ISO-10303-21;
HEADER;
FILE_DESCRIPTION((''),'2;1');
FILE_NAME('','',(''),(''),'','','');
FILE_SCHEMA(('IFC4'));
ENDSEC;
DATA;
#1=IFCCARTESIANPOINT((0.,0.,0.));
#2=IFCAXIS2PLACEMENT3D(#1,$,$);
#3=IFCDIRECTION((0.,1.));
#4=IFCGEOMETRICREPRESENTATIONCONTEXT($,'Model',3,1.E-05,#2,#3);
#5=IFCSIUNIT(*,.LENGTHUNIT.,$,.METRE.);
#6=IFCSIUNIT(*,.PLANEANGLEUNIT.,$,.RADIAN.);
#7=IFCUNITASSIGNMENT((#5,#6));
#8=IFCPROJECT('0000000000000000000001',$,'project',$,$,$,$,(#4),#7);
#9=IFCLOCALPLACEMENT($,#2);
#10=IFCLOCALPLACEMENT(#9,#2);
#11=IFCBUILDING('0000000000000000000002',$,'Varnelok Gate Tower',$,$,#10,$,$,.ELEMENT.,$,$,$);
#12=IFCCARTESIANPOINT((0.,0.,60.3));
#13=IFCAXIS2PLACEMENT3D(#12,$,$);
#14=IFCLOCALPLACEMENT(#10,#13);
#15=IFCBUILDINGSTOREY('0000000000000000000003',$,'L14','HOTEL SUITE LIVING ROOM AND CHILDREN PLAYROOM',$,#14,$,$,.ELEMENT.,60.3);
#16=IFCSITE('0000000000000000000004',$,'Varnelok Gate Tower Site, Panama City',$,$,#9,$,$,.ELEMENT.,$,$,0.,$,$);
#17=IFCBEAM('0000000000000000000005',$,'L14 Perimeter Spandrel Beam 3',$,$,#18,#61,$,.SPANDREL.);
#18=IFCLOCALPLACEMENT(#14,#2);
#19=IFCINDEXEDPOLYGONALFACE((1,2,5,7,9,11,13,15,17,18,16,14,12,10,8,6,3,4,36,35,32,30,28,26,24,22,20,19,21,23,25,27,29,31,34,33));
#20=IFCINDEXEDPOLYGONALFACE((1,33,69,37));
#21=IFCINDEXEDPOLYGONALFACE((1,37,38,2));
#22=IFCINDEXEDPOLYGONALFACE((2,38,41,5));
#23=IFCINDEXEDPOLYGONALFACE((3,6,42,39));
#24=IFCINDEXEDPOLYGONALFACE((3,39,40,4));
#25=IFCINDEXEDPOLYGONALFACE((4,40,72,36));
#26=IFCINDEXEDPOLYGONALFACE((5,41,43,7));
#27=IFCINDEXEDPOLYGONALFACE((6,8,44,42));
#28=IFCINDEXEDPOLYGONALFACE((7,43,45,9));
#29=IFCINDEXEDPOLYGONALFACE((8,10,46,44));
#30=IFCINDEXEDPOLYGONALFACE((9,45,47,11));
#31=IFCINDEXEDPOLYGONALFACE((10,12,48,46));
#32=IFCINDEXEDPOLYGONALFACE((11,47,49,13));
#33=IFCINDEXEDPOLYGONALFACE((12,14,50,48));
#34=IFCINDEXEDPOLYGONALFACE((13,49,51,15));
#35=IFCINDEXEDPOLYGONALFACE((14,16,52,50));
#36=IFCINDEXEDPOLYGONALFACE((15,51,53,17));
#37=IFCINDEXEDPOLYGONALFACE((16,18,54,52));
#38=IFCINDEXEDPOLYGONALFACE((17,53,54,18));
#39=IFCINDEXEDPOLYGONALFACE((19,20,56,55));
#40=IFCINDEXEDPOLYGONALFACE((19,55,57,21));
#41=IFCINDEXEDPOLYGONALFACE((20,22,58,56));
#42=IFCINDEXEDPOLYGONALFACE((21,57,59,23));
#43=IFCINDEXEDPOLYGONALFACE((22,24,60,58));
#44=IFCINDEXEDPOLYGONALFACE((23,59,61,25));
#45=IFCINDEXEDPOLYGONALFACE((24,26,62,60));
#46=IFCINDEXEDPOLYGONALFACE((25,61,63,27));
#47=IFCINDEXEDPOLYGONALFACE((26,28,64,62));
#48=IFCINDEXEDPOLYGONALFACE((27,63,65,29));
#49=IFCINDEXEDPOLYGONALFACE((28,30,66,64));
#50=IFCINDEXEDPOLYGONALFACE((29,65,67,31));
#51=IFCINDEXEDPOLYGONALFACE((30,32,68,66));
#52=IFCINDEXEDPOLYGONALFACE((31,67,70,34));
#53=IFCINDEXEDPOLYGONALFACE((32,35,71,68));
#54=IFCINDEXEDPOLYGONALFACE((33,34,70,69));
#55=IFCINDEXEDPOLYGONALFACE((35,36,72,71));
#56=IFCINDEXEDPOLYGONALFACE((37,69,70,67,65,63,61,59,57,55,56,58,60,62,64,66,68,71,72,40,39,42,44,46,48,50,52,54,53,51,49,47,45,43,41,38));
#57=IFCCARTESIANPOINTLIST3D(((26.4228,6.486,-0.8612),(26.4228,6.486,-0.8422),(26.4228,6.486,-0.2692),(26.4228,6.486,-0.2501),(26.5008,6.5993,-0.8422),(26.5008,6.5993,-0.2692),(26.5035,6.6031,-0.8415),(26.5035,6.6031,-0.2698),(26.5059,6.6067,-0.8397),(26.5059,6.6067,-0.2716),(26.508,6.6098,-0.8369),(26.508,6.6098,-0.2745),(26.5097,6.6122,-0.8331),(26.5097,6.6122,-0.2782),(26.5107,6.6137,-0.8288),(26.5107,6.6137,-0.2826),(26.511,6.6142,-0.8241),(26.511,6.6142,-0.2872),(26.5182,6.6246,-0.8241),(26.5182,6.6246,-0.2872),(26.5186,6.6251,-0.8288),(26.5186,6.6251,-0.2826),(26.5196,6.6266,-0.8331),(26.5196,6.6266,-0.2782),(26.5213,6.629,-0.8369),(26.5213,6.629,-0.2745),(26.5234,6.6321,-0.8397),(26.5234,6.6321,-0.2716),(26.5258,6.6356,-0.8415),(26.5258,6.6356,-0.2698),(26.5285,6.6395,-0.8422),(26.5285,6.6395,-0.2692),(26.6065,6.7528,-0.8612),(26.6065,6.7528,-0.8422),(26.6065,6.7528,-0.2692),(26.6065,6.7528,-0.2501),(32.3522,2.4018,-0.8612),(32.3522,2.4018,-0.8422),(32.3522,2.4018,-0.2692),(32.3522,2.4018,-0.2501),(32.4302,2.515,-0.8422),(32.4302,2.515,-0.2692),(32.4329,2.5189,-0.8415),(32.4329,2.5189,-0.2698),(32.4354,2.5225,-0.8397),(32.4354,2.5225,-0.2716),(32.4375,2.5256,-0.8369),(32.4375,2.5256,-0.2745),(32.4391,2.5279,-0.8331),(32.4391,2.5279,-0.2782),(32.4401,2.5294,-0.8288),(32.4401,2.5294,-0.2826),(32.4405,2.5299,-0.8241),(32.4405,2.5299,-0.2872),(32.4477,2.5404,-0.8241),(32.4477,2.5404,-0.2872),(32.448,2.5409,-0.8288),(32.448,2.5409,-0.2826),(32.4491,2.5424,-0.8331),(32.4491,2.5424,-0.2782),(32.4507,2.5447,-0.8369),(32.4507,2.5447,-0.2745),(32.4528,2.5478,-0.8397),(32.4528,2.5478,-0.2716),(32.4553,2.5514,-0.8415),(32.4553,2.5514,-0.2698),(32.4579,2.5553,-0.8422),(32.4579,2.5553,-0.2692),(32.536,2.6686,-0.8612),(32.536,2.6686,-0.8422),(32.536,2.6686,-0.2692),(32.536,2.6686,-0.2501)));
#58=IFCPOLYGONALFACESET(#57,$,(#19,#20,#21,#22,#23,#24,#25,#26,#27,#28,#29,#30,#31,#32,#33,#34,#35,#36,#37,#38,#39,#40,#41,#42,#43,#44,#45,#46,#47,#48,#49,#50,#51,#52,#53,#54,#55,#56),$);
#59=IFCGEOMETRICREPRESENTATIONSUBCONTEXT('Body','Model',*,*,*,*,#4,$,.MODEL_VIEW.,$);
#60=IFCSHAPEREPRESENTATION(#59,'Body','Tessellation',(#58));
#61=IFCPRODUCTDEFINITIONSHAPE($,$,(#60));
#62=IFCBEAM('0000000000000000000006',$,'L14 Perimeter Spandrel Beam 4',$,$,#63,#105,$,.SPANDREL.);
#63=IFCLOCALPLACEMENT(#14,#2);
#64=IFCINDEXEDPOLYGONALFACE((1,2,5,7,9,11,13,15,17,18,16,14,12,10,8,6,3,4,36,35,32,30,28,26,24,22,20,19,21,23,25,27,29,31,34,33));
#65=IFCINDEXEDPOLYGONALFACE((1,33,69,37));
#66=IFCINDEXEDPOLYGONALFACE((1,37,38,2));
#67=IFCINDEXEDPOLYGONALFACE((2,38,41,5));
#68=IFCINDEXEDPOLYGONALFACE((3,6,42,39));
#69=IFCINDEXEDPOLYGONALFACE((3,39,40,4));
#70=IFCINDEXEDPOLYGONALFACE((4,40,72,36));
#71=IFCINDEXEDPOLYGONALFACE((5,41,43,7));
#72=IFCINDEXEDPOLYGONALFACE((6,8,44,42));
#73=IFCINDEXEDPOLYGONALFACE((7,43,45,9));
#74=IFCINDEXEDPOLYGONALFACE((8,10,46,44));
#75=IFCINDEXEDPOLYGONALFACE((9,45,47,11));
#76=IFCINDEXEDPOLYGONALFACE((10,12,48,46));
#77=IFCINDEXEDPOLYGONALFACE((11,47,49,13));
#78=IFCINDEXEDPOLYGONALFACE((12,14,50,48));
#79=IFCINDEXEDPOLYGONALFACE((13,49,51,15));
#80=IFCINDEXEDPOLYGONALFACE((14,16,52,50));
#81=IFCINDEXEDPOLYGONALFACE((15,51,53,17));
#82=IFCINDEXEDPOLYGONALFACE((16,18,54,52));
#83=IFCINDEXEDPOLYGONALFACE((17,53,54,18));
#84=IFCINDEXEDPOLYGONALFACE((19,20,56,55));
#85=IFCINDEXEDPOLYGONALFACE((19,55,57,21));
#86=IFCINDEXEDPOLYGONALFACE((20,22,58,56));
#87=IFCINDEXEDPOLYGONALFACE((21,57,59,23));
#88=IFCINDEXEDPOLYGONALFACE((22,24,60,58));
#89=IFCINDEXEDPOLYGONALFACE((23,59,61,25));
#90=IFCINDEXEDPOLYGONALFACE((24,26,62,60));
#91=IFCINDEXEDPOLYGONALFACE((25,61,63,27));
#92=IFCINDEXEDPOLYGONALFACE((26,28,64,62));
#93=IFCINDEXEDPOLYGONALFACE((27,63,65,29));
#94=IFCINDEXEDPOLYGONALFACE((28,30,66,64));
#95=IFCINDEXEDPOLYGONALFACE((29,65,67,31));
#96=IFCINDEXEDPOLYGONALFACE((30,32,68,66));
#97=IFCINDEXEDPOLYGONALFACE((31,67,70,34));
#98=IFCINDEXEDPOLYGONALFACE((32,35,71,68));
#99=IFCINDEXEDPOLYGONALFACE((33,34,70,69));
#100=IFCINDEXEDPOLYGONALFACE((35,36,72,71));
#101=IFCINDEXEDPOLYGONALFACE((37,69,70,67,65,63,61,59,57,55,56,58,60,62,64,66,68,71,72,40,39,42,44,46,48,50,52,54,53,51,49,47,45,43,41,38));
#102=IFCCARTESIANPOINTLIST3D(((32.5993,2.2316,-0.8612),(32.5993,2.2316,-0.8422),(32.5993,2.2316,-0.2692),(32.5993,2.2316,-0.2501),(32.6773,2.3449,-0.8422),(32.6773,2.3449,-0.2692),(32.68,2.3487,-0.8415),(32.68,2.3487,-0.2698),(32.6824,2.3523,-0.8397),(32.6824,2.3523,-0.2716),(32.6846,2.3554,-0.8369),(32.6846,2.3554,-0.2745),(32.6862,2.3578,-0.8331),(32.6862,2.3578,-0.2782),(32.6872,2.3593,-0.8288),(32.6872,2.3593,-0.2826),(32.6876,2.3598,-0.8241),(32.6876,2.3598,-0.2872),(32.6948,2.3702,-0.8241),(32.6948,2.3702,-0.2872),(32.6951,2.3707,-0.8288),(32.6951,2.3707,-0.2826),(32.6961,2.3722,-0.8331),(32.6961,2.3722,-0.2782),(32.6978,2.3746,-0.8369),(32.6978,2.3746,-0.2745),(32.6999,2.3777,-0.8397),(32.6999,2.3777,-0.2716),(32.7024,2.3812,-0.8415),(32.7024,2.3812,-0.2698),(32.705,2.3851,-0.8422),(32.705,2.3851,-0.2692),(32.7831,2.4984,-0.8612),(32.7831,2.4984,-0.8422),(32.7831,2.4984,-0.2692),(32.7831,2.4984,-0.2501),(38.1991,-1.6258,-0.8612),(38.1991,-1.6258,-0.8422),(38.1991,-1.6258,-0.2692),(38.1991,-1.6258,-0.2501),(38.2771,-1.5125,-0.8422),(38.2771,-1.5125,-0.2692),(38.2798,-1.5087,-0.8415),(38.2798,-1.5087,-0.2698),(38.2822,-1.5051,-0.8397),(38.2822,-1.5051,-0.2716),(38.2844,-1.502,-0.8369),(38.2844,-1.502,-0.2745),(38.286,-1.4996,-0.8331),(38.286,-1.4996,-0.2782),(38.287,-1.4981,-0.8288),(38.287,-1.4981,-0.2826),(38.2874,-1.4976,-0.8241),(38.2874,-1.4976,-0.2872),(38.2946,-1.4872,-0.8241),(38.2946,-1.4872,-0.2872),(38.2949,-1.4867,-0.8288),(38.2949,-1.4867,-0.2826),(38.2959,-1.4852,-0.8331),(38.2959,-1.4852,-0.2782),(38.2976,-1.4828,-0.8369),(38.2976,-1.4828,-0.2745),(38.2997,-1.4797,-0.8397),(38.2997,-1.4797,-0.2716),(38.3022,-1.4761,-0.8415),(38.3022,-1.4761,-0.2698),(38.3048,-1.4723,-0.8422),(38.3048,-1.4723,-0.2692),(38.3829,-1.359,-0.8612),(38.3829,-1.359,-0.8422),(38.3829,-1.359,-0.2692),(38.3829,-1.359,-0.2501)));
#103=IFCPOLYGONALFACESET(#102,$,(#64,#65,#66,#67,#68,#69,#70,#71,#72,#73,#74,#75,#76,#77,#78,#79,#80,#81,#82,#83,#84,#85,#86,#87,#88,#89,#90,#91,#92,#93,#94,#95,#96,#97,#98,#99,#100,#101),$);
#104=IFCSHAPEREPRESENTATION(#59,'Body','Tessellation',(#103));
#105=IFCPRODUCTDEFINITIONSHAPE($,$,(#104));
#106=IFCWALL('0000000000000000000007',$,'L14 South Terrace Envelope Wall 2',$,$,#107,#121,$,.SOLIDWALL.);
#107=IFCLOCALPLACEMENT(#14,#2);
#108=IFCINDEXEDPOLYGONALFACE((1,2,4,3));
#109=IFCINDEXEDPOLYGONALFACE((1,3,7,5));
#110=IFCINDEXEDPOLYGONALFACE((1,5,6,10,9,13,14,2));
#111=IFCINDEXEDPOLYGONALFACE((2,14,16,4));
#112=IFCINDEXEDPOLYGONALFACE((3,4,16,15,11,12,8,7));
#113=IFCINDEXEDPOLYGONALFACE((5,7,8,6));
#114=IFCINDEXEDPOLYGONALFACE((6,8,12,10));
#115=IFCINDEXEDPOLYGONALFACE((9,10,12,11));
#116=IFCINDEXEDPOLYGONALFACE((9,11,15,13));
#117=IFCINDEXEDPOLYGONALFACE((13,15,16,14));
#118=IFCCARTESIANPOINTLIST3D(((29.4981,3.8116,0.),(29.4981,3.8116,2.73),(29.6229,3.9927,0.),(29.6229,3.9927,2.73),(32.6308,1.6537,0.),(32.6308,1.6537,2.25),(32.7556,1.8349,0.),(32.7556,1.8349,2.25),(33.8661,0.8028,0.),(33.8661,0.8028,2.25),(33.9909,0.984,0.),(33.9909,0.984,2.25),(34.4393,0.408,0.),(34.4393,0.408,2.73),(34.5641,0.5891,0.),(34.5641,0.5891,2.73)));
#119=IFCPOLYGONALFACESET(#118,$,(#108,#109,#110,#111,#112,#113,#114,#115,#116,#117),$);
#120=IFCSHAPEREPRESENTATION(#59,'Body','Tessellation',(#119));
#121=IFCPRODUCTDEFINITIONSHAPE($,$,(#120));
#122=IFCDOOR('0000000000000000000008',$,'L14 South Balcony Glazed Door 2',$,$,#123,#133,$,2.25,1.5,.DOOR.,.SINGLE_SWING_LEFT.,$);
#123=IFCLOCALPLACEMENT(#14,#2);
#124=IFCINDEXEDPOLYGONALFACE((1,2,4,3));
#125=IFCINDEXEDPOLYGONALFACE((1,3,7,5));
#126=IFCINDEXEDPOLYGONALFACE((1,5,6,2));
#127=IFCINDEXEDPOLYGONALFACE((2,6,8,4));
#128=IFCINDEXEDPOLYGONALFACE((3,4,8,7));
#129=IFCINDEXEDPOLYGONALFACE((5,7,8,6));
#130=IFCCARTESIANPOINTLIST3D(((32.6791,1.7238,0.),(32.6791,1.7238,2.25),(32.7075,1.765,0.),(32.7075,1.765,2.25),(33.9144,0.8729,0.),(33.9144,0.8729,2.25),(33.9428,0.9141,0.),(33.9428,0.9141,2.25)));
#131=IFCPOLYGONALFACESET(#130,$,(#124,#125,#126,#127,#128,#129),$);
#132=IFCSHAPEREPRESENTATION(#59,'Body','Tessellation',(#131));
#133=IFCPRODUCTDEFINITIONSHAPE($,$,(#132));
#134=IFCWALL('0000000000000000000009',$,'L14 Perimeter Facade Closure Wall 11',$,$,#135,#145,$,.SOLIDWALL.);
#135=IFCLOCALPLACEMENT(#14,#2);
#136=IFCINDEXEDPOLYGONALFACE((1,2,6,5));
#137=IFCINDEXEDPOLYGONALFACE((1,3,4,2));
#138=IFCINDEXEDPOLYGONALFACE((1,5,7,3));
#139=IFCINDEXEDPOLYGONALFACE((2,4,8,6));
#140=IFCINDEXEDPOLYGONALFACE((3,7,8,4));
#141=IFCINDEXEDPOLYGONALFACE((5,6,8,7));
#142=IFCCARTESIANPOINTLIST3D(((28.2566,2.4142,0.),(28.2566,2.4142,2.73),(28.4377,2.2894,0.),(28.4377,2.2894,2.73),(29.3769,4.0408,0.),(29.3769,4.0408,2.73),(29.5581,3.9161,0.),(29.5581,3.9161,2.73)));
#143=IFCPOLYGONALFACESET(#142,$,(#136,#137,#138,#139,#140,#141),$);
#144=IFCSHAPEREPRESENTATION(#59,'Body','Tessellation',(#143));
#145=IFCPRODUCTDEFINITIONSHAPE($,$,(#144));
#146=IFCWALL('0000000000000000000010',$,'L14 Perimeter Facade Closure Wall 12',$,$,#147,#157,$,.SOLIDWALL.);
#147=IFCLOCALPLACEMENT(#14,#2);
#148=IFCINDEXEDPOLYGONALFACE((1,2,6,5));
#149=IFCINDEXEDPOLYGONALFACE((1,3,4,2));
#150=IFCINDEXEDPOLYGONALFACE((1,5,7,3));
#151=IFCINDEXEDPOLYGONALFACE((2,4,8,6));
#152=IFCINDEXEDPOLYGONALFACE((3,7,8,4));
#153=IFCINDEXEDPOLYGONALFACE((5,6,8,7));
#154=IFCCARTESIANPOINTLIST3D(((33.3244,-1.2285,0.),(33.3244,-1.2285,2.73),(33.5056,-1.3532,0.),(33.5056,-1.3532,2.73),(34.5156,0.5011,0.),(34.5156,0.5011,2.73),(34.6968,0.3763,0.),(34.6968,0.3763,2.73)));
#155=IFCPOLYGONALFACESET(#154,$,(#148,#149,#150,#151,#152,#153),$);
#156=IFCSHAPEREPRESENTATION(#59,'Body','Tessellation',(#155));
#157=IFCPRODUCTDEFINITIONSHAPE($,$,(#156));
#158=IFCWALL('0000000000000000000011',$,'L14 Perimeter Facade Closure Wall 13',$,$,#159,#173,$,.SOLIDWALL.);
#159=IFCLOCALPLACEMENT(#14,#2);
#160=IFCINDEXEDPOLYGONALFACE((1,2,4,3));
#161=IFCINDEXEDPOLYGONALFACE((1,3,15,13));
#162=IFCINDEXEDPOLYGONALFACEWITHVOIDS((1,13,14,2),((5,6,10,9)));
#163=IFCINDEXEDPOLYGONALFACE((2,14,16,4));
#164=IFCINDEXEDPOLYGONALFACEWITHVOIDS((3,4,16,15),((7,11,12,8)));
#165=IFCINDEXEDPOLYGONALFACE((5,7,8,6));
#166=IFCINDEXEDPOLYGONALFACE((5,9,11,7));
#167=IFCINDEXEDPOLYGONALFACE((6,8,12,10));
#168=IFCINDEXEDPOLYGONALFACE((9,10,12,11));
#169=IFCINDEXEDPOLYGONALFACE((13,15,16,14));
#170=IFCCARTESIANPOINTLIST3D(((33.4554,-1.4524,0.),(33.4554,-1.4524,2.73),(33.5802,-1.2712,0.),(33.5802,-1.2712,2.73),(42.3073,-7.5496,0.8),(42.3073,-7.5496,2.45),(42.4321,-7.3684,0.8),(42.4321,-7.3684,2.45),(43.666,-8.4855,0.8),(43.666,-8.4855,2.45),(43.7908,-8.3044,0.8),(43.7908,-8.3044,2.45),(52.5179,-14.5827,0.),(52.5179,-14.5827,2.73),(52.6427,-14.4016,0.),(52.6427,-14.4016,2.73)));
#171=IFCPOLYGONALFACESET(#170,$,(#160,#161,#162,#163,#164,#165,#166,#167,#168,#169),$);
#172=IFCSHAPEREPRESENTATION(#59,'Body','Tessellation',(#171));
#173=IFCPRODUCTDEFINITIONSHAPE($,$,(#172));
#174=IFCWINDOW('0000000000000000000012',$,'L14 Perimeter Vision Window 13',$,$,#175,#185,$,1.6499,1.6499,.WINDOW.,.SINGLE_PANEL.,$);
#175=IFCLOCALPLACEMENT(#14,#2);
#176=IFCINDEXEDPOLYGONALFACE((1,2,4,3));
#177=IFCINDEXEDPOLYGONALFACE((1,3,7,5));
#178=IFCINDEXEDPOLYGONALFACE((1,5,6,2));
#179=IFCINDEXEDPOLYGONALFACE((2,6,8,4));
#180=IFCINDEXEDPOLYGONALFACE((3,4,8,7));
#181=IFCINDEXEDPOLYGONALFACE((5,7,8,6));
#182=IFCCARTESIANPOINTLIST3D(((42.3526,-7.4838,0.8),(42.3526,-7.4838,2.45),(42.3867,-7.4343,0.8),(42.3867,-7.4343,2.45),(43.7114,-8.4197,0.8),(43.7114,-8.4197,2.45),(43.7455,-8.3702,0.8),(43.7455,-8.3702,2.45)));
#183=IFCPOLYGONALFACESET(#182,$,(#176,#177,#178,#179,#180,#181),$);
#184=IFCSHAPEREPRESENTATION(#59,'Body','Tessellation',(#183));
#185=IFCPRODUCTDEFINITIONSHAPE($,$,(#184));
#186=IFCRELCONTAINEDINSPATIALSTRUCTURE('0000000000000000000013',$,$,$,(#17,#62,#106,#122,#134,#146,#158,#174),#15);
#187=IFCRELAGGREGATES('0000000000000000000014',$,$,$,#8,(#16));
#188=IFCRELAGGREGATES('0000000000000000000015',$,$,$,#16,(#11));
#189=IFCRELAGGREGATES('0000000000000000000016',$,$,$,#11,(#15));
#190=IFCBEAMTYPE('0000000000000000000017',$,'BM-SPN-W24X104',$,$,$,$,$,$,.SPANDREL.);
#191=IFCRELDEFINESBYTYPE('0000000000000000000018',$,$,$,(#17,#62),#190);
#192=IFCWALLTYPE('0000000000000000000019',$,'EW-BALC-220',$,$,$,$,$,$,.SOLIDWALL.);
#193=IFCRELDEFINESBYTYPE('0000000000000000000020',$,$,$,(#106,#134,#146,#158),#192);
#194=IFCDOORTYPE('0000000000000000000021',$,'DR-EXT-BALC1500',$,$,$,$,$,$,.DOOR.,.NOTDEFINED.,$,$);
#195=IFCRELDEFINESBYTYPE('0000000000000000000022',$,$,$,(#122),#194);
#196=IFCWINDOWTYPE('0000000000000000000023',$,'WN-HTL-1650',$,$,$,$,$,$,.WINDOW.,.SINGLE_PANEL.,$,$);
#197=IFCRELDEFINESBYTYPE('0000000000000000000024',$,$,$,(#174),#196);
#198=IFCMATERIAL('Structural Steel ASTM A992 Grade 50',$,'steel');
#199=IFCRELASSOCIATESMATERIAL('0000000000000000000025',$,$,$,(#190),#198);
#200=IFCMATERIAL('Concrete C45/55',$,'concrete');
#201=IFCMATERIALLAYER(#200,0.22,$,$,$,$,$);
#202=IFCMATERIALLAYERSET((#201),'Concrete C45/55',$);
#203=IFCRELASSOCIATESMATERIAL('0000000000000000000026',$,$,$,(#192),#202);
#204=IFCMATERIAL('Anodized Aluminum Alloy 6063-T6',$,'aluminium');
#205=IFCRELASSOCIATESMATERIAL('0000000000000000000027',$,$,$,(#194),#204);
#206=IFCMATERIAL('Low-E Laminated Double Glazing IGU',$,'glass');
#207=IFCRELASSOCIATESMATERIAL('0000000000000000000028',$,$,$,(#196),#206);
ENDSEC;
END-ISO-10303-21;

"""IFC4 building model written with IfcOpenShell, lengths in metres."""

from ifc_helpers import new_model, si_unit, direction, frame, frame_2d, origin, origin_2d, place, context, subcontext, project, spatial, rectangle, i_section, extrude, material, layer, layer_set, material_profile, profile_set, type_object, element, fill, save


model = new_model("IFC4")

# Units and contexts
model_context = context("Model", 3, precision=1e-05, world=origin(), true_north=direction((0.0, 1.0)))
body_context = subcontext(model_context, "Body", "Model", "MODEL_VIEW")
ifc_project = project(units=[si_unit("LENGTHUNIT", "METRE"), si_unit("PLANEANGLEUNIT", "RADIAN")], contexts=[model_context])

# Site, building, storey
site_placement = place(None, origin())
site = spatial("IfcSite", under=ifc_project, at=site_placement, Name="Varnelok Gate Tower Site, Panama City", CompositionType="ELEMENT", RefElevation=0.0)
building_placement = place(site_placement, origin())
building = spatial("IfcBuilding", under=site, at=building_placement, Name="Varnelok Gate Tower", CompositionType="ELEMENT")
storey_placement = place(building_placement, frame((0.0, 0.0, 60.3)))
storey = spatial("IfcBuildingStorey", under=building, at=storey_placement, Name="L14", Description="HOTEL SUITE LIVING ROOM AND CHILDREN PLAYROOM", CompositionType="ELEMENT", Elevation=60.3)

# Shared definitions
ifc_material_1 = material(Name="Structural Steel ASTM A992 Grade 50", Category="steel")

# Beams
ifc_material_profile_1 = material_profile(ifc_material_1, i_section(OverallWidth=0.324, OverallDepth=0.6111, WebThickness=0.0127, FlangeThickness=0.019, FilletRadius=0.0181, at=origin_2d()), Name="W24X104")
ifc_profile_set_1 = profile_set([ifc_material_profile_1], Name="Structural Steel ASTM A992 Grade 50")
beam_type_1 = type_object("IfcBeamType", Name="BM-SPN-W24X104", PredefinedType="SPANDREL", material=ifc_profile_set_1)
beam_1_placement = place(storey_placement, frame((26.5146, 6.6194, -0.5557), z_axis=(0.82354, -0.567258, 0.0), x_axis=(0.567258, 0.82354, 0.0)))
element("IfcBeam", 1, at=beam_1_placement, inside=storey, type_object=beam_type_1, Name="L14 Perimeter Spandrel Beam 3", PredefinedType="SPANDREL", context=body_context, shape_type="SweptSolid", body=[
    extrude(i_section(OverallWidth=0.324, OverallDepth=0.6111, WebThickness=0.0127, FlangeThickness=0.019, FilletRadius=0.0181, at=origin_2d()), origin(), (0.0, 0.0, 1.0), 7.2),
])
beam_2_placement = place(storey_placement, frame((32.6912, 2.365, -0.5557), z_axis=(0.823525, -0.56728, 0.0), x_axis=(0.56728, 0.823525, 0.0)))
element("IfcBeam", 2, at=beam_2_placement, inside=storey, type_object=beam_type_1, Name="L14 Perimeter Spandrel Beam 4", PredefinedType="SPANDREL", context=body_context, shape_type="SweptSolid", body=[
    extrude(i_section(OverallWidth=0.324, OverallDepth=0.6111, WebThickness=0.0127, FlangeThickness=0.019, FilletRadius=0.0181, at=origin_2d()), origin(), (0.0, 0.0, 1.0), 6.7998),
])

# Wall, opening, door
ifc_material_2 = material(Name="Concrete C45/55", Category="concrete")
ifc_layer_1 = layer(ifc_material_2, 0.22)
ifc_layer_set_1 = layer_set([ifc_layer_1], Name="Concrete C45/55")
wall_type_1 = type_object("IfcWallType", Name="EW-BALC-220", PredefinedType="SOLIDWALL", material=ifc_layer_set_1)
wall_1_placement = place(storey_placement, frame((34.5017, 0.4985, 0.0), z_axis=(0.0, 0.0, 1.0), x_axis=(-0.823535, 0.567266, 0.0)))
wall_1 = element("IfcWall", 3, at=wall_1_placement, inside=storey, type_object=wall_type_1, Name="L14 South Terrace Envelope Wall 2", PredefinedType="SOLIDWALL", context=body_context, shape_type="SweptSolid", body=[
    extrude(rectangle(XDim=6.0, YDim=0.22, at=frame_2d((3.0, 0.0))), origin(), (0.0, 0.0, 1.0), 2.73),
])
opening_1_placement = place(wall_1_placement, frame((0.696, 0.0, 0.0)))
opening_1 = element("IfcOpeningElement", 4, at=opening_1_placement, cuts=wall_1, PredefinedType="OPENING", context=body_context, shape_type="SweptSolid", body=[
    extrude(rectangle(XDim=1.5, YDim=2.25, at=frame_2d((0.75, 1.125))), frame((0.0, 0.1199, 0.0), z_axis=(0.0, -1.0, 0.0), x_axis=(1.0, 0.0, 0.0)), (0.0, 0.0, 1.0), 0.24),
])
ifc_material_3 = material(Name="Anodized Aluminum Alloy 6063-T6", Category="aluminium")
door_type_1 = type_object("IfcDoorType", Name="DR-EXT-BALC1500", OperationType="NOTDEFINED", PredefinedType="DOOR", material=ifc_material_3)
door_1_placement = place(opening_1_placement, origin())
door_1 = element("IfcDoor", 5, at=door_1_placement, inside=storey, type_object=door_type_1, Name="L14 South Balcony Glazed Door 2", OperationType="SINGLE_SWING_LEFT", OverallHeight=2.25, OverallWidth=1.5, PredefinedType="DOOR", context=body_context, shape_type="SweptSolid", body=[
    extrude(rectangle(XDim=1.5, YDim=2.25, at=frame_2d((0.75, 1.125))), frame((0.0, 0.0249, 0.0), z_axis=(0.0, -1.0, 0.0), x_axis=(1.0, 0.0, 0.0)), (0.0, 0.0, 1.0), 0.05),
])
fill(opening_1, door_1)

# Walls
wall_2_placement = place(storey_placement, frame((28.3472, 2.3518, 0.0), z_axis=(0.0, 0.0, 1.0), x_axis=(0.567216, 0.823569, 0.0)))
element("IfcWall", 6, at=wall_2_placement, inside=storey, type_object=wall_type_1, Name="L14 Perimeter Facade Closure Wall 11", PredefinedType="SOLIDWALL", context=body_context, shape_type="SweptSolid", body=[
    extrude(rectangle(XDim=1.9751, YDim=0.22, at=frame_2d((0.9875, 0.0))), origin(), (0.0, 0.0, 1.0), 2.73),
])
wall_3_placement = place(storey_placement, frame((34.6062, 0.4387, 0.0), z_axis=(0.0, 0.0, 1.0), x_axis=(-0.567219, -0.823567, 0.0)))
element("IfcWall", 7, at=wall_3_placement, inside=storey, type_object=wall_type_1, Name="L14 Perimeter Facade Closure Wall 12", PredefinedType="SOLIDWALL", context=body_context, shape_type="SweptSolid", body=[
    extrude(rectangle(XDim=2.1001, YDim=0.22, at=frame_2d((1.05, 0.0))), origin(), (0.0, 0.0, 1.0), 2.73),
])

# Wall, opening, window
wall_4_placement = place(storey_placement, frame((33.5178, -1.3618, 0.0), z_axis=(0.0, 0.0, 1.0), x_axis=(0.823539, -0.567259, 0.0)))
wall_4 = element("IfcWall", 8, at=wall_4_placement, inside=storey, type_object=wall_type_1, Name="L14 Perimeter Facade Closure Wall 13", PredefinedType="SOLIDWALL", context=body_context, shape_type="SweptSolid", body=[
    extrude(rectangle(XDim=23.147, YDim=0.22, at=frame_2d((11.5735, 0.0))), origin(), (0.0, 0.0, 1.0), 2.73),
])
opening_2_placement = place(wall_4_placement, frame((10.7485, 0.0, 0.8)))
opening_2 = element("IfcOpeningElement", 9, at=opening_2_placement, cuts=wall_4, PredefinedType="OPENING", context=body_context, shape_type="SweptSolid", body=[
    extrude(rectangle(XDim=1.6499, YDim=1.6499, at=frame_2d((0.825, 0.825))), frame((0.0, 0.1199, 0.0), z_axis=(0.0, -1.0, 0.0), x_axis=(1.0, 0.0, 0.0)), (0.0, 0.0, 1.0), 0.24),
])
ifc_material_4 = material(Name="Low-E Laminated Double Glazing IGU", Category="glass")
window_type = type_object("IfcWindowType", Name="WN-HTL-1650", PartitioningType="SINGLE_PANEL", PredefinedType="WINDOW", material=ifc_material_4)
window_placement = place(opening_2_placement, origin())
window = element("IfcWindow", 10, at=window_placement, inside=storey, type_object=window_type, Name="L14 Perimeter Vision Window 13", OverallHeight=1.6499, OverallWidth=1.6499, PartitioningType="SINGLE_PANEL", PredefinedType="WINDOW", context=body_context, shape_type="SweptSolid", body=[
    extrude(rectangle(XDim=1.6499, YDim=1.6499, at=frame_2d((0.825, 0.825))), frame((0.0, 0.03, 0.0), z_axis=(0.0, -1.0, 0.0), x_axis=(1.0, 0.0, 0.0)), (0.0, 0.0, 1.0), 0.0601),
])
fill(opening_2, window)

save(model, "model.ifc")
